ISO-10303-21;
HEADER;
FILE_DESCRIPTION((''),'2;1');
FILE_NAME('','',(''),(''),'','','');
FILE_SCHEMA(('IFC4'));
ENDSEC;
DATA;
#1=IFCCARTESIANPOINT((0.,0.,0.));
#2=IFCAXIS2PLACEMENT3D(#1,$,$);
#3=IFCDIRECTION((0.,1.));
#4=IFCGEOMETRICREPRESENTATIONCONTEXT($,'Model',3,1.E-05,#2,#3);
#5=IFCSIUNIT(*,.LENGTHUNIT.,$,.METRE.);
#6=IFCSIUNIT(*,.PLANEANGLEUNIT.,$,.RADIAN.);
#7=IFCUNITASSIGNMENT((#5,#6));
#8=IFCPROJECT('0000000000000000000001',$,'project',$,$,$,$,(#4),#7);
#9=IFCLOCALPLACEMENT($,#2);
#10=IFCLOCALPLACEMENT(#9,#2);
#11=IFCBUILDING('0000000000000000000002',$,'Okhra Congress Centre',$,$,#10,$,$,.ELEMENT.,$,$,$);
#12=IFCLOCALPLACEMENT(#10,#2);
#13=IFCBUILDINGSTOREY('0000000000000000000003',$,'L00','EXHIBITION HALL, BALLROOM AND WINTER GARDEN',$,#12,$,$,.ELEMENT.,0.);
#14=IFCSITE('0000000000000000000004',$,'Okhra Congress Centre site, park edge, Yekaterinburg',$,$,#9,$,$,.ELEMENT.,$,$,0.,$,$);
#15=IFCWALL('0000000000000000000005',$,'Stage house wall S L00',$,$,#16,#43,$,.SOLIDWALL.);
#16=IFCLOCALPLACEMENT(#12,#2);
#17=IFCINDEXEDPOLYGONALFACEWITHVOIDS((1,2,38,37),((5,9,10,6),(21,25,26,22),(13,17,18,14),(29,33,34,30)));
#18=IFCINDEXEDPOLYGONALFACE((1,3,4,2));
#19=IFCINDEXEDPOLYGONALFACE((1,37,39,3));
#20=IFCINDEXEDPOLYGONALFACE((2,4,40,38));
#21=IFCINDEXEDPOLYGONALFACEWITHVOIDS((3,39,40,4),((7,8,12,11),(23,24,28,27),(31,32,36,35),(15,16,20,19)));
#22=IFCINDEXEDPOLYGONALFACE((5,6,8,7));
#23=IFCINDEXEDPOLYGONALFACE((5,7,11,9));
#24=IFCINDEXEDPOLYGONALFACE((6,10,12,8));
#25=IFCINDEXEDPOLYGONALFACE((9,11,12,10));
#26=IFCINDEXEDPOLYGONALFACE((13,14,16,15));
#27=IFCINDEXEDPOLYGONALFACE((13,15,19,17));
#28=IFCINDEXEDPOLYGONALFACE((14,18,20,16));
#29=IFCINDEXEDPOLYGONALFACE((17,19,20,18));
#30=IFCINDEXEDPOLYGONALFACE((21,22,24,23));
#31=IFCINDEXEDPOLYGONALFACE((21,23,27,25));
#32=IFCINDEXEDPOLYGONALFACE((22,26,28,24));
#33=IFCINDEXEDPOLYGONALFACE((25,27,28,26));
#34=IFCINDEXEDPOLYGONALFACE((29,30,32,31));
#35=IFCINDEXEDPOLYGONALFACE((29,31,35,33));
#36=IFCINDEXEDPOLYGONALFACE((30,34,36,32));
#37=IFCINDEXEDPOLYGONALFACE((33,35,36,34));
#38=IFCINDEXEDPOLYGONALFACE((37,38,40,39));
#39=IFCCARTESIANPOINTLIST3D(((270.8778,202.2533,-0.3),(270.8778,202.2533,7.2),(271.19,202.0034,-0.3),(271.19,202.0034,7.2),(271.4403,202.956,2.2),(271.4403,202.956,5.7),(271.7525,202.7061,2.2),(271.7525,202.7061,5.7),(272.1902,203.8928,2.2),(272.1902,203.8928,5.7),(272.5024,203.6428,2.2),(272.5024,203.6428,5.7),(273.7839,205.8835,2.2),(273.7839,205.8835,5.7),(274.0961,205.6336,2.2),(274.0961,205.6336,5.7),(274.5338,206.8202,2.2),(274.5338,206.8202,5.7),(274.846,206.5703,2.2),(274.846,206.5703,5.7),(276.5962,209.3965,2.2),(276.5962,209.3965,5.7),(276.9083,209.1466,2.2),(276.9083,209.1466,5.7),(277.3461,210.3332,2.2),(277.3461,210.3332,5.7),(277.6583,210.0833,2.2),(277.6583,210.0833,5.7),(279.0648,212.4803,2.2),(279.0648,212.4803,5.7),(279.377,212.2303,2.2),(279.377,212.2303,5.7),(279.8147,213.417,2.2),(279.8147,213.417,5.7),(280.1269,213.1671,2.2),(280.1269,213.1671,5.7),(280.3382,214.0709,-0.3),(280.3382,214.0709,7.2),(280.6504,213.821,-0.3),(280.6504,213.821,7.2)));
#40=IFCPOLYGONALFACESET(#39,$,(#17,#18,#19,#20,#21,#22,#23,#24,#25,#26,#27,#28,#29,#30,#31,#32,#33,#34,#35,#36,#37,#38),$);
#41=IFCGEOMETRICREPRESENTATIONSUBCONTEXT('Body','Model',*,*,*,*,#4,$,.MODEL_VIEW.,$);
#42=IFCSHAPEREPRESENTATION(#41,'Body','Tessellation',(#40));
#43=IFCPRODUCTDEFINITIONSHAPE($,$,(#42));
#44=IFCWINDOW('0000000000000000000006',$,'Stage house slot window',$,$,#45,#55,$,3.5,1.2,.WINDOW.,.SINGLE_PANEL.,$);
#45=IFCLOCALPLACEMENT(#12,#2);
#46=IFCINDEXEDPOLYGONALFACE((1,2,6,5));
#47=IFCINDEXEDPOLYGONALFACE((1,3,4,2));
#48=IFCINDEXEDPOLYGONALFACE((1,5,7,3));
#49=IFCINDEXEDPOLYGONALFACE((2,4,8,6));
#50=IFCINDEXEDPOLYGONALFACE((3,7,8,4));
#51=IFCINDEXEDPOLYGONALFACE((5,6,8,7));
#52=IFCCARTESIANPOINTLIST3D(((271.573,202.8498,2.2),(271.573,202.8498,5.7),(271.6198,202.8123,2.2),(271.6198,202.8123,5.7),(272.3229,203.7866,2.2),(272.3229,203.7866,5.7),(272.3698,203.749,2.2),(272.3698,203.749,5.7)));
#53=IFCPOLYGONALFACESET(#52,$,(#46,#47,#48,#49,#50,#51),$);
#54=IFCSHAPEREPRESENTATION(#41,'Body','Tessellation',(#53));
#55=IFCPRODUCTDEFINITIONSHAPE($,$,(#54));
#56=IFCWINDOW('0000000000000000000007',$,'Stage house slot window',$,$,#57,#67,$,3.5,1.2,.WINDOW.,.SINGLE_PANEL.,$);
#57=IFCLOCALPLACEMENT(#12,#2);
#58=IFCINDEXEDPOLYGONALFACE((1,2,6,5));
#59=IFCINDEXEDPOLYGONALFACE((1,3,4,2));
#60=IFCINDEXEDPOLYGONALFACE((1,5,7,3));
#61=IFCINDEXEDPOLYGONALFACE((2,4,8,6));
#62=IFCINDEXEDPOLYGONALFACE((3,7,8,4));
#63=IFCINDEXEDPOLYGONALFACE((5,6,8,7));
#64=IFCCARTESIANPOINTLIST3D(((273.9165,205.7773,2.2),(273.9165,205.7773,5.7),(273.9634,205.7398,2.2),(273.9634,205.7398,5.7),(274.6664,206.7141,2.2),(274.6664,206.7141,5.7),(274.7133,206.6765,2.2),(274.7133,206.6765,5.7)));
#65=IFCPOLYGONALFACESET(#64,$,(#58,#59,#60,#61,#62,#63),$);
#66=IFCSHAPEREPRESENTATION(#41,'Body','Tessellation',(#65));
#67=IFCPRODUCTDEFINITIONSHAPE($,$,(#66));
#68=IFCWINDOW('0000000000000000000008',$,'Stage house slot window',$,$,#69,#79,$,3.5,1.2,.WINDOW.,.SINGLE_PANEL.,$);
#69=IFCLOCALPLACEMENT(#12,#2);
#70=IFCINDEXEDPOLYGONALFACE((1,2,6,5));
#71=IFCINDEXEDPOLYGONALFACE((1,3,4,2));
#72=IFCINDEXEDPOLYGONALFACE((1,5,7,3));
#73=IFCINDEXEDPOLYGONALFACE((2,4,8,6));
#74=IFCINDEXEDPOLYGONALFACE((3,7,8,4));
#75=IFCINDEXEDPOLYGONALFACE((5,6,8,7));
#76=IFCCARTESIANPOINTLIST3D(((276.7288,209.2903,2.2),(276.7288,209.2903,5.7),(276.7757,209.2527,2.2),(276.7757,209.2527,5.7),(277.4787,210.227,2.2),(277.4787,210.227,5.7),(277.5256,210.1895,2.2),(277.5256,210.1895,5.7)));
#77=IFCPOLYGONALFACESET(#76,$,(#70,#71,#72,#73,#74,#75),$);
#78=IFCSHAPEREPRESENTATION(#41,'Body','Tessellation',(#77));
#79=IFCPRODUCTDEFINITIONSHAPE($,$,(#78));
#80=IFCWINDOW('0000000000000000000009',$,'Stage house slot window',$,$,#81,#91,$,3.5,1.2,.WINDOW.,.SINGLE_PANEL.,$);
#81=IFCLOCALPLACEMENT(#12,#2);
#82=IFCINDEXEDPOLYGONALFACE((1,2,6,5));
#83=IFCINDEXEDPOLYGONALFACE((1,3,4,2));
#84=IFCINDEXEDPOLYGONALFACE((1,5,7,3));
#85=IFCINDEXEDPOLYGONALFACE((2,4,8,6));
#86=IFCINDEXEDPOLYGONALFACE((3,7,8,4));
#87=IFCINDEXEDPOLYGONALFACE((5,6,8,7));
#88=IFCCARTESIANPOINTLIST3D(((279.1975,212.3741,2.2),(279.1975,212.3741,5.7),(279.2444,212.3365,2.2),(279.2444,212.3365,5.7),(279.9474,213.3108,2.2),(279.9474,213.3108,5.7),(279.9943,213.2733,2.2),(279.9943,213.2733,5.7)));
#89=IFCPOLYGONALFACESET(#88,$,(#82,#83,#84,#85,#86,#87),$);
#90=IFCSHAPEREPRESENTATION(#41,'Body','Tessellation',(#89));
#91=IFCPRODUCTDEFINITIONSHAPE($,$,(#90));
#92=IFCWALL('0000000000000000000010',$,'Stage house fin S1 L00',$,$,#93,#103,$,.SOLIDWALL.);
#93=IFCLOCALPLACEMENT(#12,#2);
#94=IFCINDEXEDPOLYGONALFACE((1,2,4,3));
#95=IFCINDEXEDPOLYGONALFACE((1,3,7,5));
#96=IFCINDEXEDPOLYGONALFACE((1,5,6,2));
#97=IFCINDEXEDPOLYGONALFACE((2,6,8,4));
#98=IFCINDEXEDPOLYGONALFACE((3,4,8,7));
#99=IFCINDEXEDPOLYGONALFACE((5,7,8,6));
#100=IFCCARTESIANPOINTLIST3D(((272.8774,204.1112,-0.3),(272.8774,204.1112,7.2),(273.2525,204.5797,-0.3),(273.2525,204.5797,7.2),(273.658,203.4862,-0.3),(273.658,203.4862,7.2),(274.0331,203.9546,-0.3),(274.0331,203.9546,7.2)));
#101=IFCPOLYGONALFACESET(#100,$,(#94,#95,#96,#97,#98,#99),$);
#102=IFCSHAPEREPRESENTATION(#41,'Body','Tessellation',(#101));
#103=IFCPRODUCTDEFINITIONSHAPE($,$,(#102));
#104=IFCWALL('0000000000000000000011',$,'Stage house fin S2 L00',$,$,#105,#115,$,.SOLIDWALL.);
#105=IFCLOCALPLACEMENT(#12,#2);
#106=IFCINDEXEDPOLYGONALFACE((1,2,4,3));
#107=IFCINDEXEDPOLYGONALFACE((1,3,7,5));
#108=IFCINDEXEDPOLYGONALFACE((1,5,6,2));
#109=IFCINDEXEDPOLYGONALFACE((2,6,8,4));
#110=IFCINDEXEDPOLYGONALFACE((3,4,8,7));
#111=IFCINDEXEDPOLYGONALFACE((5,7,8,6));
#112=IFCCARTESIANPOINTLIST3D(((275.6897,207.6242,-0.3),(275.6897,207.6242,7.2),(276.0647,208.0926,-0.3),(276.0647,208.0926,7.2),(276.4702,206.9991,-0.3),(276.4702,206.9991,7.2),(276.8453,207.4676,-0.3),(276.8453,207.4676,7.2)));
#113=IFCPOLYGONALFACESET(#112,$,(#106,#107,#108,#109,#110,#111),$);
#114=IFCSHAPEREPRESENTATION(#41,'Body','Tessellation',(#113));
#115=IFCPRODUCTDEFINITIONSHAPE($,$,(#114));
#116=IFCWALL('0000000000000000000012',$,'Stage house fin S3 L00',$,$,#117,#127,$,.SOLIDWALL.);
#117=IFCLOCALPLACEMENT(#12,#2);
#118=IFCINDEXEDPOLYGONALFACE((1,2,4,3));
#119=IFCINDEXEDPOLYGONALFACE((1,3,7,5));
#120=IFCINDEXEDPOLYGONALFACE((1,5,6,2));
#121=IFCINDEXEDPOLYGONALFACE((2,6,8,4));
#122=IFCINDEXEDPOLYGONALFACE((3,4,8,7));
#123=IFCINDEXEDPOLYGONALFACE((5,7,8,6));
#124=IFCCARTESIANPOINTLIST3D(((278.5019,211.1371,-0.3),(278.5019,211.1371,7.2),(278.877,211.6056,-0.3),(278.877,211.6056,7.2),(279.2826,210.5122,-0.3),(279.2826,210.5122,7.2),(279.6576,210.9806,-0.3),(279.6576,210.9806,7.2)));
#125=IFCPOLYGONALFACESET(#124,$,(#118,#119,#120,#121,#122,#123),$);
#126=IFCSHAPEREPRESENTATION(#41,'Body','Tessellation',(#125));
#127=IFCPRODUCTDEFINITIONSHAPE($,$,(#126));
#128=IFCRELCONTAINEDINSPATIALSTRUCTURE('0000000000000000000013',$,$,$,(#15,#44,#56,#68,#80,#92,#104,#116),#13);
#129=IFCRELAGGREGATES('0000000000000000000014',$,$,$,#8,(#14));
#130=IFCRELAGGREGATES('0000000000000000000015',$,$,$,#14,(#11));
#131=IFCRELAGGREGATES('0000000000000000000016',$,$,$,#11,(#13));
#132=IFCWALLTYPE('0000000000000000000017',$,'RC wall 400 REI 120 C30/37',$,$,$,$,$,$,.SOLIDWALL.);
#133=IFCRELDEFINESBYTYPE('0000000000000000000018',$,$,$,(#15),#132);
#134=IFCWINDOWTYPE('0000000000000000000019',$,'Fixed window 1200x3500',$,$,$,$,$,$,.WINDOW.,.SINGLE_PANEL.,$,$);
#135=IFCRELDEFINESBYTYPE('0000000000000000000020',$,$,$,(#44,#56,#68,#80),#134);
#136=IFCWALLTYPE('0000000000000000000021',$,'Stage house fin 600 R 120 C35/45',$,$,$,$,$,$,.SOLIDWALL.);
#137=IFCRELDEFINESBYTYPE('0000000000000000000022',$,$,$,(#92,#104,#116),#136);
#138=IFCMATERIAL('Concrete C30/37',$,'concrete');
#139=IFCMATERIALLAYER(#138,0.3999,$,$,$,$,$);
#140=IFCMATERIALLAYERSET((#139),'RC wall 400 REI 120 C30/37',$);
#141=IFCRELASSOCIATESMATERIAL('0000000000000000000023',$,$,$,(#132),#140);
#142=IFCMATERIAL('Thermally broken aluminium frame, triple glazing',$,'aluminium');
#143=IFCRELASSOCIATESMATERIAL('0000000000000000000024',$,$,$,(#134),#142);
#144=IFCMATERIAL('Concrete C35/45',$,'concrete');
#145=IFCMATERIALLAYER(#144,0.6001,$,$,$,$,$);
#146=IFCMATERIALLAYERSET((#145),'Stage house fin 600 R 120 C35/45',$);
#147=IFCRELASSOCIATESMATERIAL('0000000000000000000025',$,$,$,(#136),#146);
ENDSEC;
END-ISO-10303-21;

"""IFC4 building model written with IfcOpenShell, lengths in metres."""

from ifc_helpers import new_model, si_unit, direction, frame, frame_2d, origin, place, context, subcontext, project, spatial, rectangle, extrude, material, layer, layer_set, type_object, element, fill, save


model = new_model("IFC4")

# Units and contexts
model_context = context("Model", 3, precision=1e-05, world=origin(), true_north=direction((0.0, 1.0)))
body_context = subcontext(model_context, "Body", "Model", "MODEL_VIEW")
ifc_project = project(units=[si_unit("LENGTHUNIT", "METRE"), si_unit("PLANEANGLEUNIT", "RADIAN")], contexts=[model_context])

# Site, building, storey
site_placement = place(None, origin())
site = spatial("IfcSite", under=ifc_project, at=site_placement, Name="Okhra Congress Centre site, park edge, Yekaterinburg", CompositionType="ELEMENT", RefElevation=0.0)
building_placement = place(site_placement, origin())
building = spatial("IfcBuilding", under=site, at=building_placement, Name="Okhra Congress Centre", CompositionType="ELEMENT")
storey_placement = place(building_placement, origin())
storey = spatial("IfcBuildingStorey", under=building, at=storey_placement, Name="L00", Description="EXHIBITION HALL, BALLROOM AND WINTER GARDEN", CompositionType="ELEMENT", Elevation=0.0)

# Shared definitions
ifc_material_1 = material(Name="Concrete C30/37", Category="concrete")

# Shared definitions
ifc_material_2 = material(Name="Concrete C35/45", Category="concrete")

# Shared definitions
ifc_layer_1 = layer(ifc_material_1, 0.3999)
ifc_layer_set_1 = layer_set([ifc_layer_1], Name="RC wall 400 REI 120 C30/37")
wall_type_1 = type_object("IfcWallType", Name="RC wall 400 REI 120 C30/37", PredefinedType="SOLIDWALL", material=ifc_layer_set_1)

# Wall, openings, windows
wall_1_placement = place(storey_placement, frame((271.0339, 202.1284, -0.3), z_axis=(0.0, 0.0, 1.0), x_axis=(0.624951, 0.780664, 0.0)))
wall_1 = element("IfcWall", 1, at=wall_1_placement, inside=storey, type_object=wall_type_1, Name="Stage house wall S L00", PredefinedType="SOLIDWALL", context=body_context, shape_type="SweptSolid", body=[
    extrude(rectangle(XDim=15.1379, YDim=0.3999, at=frame_2d((7.5688, 0.0))), origin(), (0.0, 0.0, 1.0), 7.5),
])
opening_1_placement = place(wall_1_placement, frame((0.8999, 0.0, 2.5)))
opening_1 = element("IfcOpeningElement", 2, at=opening_1_placement, cuts=wall_1, PredefinedType="OPENING", context=body_context, shape_type="SweptSolid", body=[
    extrude(rectangle(XDim=1.2, YDim=3.5, at=frame_2d((0.6001, 1.75))), frame((0.0, 0.21, 0.0), z_axis=(0.0, -1.0, 0.0), x_axis=(1.0, 0.0, 0.0)), (0.0, 0.0, 1.0), 0.4199),
])
opening_2_placement = place(wall_1_placement, frame((4.6499, 0.0, 2.5)))
opening_2 = element("IfcOpeningElement", 3, at=opening_2_placement, cuts=wall_1, PredefinedType="OPENING", context=body_context, shape_type="SweptSolid", body=[
    extrude(rectangle(XDim=1.2, YDim=3.5, at=frame_2d((0.6001, 1.75))), frame((0.0, 0.21, 0.0), z_axis=(0.0, -1.0, 0.0), x_axis=(1.0, 0.0, 0.0)), (0.0, 0.0, 1.0), 0.4199),
])
opening_3_placement = place(wall_1_placement, frame((9.1499, 0.0, 2.5)))
opening_3 = element("IfcOpeningElement", 4, at=opening_3_placement, cuts=wall_1, PredefinedType="OPENING", context=body_context, shape_type="SweptSolid", body=[
    extrude(rectangle(XDim=1.2, YDim=3.5, at=frame_2d((0.6001, 1.75))), frame((0.0, 0.21, 0.0), z_axis=(0.0, -1.0, 0.0), x_axis=(1.0, 0.0, 0.0)), (0.0, 0.0, 1.0), 0.4199),
])
opening_4_placement = place(wall_1_placement, frame((13.1001, 0.0, 2.5)))
opening_4 = element("IfcOpeningElement", 5, at=opening_4_placement, cuts=wall_1, PredefinedType="OPENING", context=body_context, shape_type="SweptSolid", body=[
    extrude(rectangle(XDim=1.2, YDim=3.5, at=frame_2d((0.6001, 1.75))), frame((0.0, 0.21, 0.0), z_axis=(0.0, -1.0, 0.0), x_axis=(1.0, 0.0, 0.0)), (0.0, 0.0, 1.0), 0.4199),
])
ifc_material_3 = material(Name="Thermally broken aluminium frame, triple glazing", Category="aluminium")
window_type = type_object("IfcWindowType", Name="Fixed window 1200x3500", PartitioningType="SINGLE_PANEL", PredefinedType="WINDOW", material=ifc_material_3)
window_1_placement = place(opening_1_placement, origin())
window_1 = element("IfcWindow", 6, at=window_1_placement, inside=storey, type_object=window_type, Name="Stage house slot window", OverallHeight=3.5, OverallWidth=1.2, PartitioningType="SINGLE_PANEL", PredefinedType="WINDOW", context=body_context, shape_type="SweptSolid", body=[
    extrude(rectangle(XDim=1.2, YDim=3.5, at=frame_2d((0.6001, 1.75))), frame((0.0, 0.03, 0.0), z_axis=(0.0, -1.0, 0.0), x_axis=(1.0, 0.0, 0.0)), (0.0, 0.0, 1.0), 0.0601),
])
fill(opening_1, window_1)
window_2_placement = place(opening_2_placement, origin())
window_2 = element("IfcWindow", 7, at=window_2_placement, inside=storey, type_object=window_type, Name="Stage house slot window", OverallHeight=3.5, OverallWidth=1.2, PartitioningType="SINGLE_PANEL", PredefinedType="WINDOW", context=body_context, shape_type="SweptSolid", body=[
    extrude(rectangle(XDim=1.2, YDim=3.5, at=frame_2d((0.6001, 1.75))), frame((0.0, 0.03, 0.0), z_axis=(0.0, -1.0, 0.0), x_axis=(1.0, 0.0, 0.0)), (0.0, 0.0, 1.0), 0.0601),
])
fill(opening_2, window_2)
window_3_placement = place(opening_3_placement, origin())
window_3 = element("IfcWindow", 8, at=window_3_placement, inside=storey, type_object=window_type, Name="Stage house slot window", OverallHeight=3.5, OverallWidth=1.2, PartitioningType="SINGLE_PANEL", PredefinedType="WINDOW", context=body_context, shape_type="SweptSolid", body=[
    extrude(rectangle(XDim=1.2, YDim=3.5, at=frame_2d((0.6001, 1.75))), frame((0.0, 0.03, 0.0), z_axis=(0.0, -1.0, 0.0), x_axis=(1.0, 0.0, 0.0)), (0.0, 0.0, 1.0), 0.0601),
])
fill(opening_3, window_3)
window_4_placement = place(opening_4_placement, origin())
window_4 = element("IfcWindow", 9, at=window_4_placement, inside=storey, type_object=window_type, Name="Stage house slot window", OverallHeight=3.5, OverallWidth=1.2, PartitioningType="SINGLE_PANEL", PredefinedType="WINDOW", context=body_context, shape_type="SweptSolid", body=[
    extrude(rectangle(XDim=1.2, YDim=3.5, at=frame_2d((0.6001, 1.75))), frame((0.0, 0.03, 0.0), z_axis=(0.0, -1.0, 0.0), x_axis=(1.0, 0.0, 0.0)), (0.0, 0.0, 1.0), 0.0601),
])
fill(opening_4, window_4)

# Walls
ifc_layer_2 = layer(ifc_material_2, 0.6001)
ifc_layer_set_2 = layer_set([ifc_layer_2], Name="Stage house fin 600 R 120 C35/45")
wall_type_2 = type_object("IfcWallType", Name="Stage house fin 600 R 120 C35/45", PredefinedType="SOLIDWALL", material=ifc_layer_set_2)
for number, where, z_axis, x_axis, name in (
    (10, (273.0649, 204.3455, -0.3), (0.0, 0.0, 1.0), (0.780583, -0.625052, 0.0), "Stage house fin S1 L00"),
    (11, (275.8772, 207.8584, -0.3), (0.0, 0.0, 1.0), (0.780583, -0.625052, 0.0), "Stage house fin S2 L00"),
    (12, (278.6895, 211.3713, -0.3), (0.0, 0.0, 1.0), (0.780678, -0.624933, 0.0), "Stage house fin S3 L00"),
):
    element("IfcWall", number, at=place(storey_placement, frame(where, z_axis=z_axis, x_axis=x_axis)), inside=storey, type_object=wall_type_2, Name=name, PredefinedType="SOLIDWALL", context=body_context, shape_type="SweptSolid", body=[
        extrude(rectangle(XDim=1.0, YDim=0.6001, at=frame_2d((0.5, 0.0))), origin(), (0.0, 0.0, 1.0), 7.5),
    ])

save(model, "model.ifc")
